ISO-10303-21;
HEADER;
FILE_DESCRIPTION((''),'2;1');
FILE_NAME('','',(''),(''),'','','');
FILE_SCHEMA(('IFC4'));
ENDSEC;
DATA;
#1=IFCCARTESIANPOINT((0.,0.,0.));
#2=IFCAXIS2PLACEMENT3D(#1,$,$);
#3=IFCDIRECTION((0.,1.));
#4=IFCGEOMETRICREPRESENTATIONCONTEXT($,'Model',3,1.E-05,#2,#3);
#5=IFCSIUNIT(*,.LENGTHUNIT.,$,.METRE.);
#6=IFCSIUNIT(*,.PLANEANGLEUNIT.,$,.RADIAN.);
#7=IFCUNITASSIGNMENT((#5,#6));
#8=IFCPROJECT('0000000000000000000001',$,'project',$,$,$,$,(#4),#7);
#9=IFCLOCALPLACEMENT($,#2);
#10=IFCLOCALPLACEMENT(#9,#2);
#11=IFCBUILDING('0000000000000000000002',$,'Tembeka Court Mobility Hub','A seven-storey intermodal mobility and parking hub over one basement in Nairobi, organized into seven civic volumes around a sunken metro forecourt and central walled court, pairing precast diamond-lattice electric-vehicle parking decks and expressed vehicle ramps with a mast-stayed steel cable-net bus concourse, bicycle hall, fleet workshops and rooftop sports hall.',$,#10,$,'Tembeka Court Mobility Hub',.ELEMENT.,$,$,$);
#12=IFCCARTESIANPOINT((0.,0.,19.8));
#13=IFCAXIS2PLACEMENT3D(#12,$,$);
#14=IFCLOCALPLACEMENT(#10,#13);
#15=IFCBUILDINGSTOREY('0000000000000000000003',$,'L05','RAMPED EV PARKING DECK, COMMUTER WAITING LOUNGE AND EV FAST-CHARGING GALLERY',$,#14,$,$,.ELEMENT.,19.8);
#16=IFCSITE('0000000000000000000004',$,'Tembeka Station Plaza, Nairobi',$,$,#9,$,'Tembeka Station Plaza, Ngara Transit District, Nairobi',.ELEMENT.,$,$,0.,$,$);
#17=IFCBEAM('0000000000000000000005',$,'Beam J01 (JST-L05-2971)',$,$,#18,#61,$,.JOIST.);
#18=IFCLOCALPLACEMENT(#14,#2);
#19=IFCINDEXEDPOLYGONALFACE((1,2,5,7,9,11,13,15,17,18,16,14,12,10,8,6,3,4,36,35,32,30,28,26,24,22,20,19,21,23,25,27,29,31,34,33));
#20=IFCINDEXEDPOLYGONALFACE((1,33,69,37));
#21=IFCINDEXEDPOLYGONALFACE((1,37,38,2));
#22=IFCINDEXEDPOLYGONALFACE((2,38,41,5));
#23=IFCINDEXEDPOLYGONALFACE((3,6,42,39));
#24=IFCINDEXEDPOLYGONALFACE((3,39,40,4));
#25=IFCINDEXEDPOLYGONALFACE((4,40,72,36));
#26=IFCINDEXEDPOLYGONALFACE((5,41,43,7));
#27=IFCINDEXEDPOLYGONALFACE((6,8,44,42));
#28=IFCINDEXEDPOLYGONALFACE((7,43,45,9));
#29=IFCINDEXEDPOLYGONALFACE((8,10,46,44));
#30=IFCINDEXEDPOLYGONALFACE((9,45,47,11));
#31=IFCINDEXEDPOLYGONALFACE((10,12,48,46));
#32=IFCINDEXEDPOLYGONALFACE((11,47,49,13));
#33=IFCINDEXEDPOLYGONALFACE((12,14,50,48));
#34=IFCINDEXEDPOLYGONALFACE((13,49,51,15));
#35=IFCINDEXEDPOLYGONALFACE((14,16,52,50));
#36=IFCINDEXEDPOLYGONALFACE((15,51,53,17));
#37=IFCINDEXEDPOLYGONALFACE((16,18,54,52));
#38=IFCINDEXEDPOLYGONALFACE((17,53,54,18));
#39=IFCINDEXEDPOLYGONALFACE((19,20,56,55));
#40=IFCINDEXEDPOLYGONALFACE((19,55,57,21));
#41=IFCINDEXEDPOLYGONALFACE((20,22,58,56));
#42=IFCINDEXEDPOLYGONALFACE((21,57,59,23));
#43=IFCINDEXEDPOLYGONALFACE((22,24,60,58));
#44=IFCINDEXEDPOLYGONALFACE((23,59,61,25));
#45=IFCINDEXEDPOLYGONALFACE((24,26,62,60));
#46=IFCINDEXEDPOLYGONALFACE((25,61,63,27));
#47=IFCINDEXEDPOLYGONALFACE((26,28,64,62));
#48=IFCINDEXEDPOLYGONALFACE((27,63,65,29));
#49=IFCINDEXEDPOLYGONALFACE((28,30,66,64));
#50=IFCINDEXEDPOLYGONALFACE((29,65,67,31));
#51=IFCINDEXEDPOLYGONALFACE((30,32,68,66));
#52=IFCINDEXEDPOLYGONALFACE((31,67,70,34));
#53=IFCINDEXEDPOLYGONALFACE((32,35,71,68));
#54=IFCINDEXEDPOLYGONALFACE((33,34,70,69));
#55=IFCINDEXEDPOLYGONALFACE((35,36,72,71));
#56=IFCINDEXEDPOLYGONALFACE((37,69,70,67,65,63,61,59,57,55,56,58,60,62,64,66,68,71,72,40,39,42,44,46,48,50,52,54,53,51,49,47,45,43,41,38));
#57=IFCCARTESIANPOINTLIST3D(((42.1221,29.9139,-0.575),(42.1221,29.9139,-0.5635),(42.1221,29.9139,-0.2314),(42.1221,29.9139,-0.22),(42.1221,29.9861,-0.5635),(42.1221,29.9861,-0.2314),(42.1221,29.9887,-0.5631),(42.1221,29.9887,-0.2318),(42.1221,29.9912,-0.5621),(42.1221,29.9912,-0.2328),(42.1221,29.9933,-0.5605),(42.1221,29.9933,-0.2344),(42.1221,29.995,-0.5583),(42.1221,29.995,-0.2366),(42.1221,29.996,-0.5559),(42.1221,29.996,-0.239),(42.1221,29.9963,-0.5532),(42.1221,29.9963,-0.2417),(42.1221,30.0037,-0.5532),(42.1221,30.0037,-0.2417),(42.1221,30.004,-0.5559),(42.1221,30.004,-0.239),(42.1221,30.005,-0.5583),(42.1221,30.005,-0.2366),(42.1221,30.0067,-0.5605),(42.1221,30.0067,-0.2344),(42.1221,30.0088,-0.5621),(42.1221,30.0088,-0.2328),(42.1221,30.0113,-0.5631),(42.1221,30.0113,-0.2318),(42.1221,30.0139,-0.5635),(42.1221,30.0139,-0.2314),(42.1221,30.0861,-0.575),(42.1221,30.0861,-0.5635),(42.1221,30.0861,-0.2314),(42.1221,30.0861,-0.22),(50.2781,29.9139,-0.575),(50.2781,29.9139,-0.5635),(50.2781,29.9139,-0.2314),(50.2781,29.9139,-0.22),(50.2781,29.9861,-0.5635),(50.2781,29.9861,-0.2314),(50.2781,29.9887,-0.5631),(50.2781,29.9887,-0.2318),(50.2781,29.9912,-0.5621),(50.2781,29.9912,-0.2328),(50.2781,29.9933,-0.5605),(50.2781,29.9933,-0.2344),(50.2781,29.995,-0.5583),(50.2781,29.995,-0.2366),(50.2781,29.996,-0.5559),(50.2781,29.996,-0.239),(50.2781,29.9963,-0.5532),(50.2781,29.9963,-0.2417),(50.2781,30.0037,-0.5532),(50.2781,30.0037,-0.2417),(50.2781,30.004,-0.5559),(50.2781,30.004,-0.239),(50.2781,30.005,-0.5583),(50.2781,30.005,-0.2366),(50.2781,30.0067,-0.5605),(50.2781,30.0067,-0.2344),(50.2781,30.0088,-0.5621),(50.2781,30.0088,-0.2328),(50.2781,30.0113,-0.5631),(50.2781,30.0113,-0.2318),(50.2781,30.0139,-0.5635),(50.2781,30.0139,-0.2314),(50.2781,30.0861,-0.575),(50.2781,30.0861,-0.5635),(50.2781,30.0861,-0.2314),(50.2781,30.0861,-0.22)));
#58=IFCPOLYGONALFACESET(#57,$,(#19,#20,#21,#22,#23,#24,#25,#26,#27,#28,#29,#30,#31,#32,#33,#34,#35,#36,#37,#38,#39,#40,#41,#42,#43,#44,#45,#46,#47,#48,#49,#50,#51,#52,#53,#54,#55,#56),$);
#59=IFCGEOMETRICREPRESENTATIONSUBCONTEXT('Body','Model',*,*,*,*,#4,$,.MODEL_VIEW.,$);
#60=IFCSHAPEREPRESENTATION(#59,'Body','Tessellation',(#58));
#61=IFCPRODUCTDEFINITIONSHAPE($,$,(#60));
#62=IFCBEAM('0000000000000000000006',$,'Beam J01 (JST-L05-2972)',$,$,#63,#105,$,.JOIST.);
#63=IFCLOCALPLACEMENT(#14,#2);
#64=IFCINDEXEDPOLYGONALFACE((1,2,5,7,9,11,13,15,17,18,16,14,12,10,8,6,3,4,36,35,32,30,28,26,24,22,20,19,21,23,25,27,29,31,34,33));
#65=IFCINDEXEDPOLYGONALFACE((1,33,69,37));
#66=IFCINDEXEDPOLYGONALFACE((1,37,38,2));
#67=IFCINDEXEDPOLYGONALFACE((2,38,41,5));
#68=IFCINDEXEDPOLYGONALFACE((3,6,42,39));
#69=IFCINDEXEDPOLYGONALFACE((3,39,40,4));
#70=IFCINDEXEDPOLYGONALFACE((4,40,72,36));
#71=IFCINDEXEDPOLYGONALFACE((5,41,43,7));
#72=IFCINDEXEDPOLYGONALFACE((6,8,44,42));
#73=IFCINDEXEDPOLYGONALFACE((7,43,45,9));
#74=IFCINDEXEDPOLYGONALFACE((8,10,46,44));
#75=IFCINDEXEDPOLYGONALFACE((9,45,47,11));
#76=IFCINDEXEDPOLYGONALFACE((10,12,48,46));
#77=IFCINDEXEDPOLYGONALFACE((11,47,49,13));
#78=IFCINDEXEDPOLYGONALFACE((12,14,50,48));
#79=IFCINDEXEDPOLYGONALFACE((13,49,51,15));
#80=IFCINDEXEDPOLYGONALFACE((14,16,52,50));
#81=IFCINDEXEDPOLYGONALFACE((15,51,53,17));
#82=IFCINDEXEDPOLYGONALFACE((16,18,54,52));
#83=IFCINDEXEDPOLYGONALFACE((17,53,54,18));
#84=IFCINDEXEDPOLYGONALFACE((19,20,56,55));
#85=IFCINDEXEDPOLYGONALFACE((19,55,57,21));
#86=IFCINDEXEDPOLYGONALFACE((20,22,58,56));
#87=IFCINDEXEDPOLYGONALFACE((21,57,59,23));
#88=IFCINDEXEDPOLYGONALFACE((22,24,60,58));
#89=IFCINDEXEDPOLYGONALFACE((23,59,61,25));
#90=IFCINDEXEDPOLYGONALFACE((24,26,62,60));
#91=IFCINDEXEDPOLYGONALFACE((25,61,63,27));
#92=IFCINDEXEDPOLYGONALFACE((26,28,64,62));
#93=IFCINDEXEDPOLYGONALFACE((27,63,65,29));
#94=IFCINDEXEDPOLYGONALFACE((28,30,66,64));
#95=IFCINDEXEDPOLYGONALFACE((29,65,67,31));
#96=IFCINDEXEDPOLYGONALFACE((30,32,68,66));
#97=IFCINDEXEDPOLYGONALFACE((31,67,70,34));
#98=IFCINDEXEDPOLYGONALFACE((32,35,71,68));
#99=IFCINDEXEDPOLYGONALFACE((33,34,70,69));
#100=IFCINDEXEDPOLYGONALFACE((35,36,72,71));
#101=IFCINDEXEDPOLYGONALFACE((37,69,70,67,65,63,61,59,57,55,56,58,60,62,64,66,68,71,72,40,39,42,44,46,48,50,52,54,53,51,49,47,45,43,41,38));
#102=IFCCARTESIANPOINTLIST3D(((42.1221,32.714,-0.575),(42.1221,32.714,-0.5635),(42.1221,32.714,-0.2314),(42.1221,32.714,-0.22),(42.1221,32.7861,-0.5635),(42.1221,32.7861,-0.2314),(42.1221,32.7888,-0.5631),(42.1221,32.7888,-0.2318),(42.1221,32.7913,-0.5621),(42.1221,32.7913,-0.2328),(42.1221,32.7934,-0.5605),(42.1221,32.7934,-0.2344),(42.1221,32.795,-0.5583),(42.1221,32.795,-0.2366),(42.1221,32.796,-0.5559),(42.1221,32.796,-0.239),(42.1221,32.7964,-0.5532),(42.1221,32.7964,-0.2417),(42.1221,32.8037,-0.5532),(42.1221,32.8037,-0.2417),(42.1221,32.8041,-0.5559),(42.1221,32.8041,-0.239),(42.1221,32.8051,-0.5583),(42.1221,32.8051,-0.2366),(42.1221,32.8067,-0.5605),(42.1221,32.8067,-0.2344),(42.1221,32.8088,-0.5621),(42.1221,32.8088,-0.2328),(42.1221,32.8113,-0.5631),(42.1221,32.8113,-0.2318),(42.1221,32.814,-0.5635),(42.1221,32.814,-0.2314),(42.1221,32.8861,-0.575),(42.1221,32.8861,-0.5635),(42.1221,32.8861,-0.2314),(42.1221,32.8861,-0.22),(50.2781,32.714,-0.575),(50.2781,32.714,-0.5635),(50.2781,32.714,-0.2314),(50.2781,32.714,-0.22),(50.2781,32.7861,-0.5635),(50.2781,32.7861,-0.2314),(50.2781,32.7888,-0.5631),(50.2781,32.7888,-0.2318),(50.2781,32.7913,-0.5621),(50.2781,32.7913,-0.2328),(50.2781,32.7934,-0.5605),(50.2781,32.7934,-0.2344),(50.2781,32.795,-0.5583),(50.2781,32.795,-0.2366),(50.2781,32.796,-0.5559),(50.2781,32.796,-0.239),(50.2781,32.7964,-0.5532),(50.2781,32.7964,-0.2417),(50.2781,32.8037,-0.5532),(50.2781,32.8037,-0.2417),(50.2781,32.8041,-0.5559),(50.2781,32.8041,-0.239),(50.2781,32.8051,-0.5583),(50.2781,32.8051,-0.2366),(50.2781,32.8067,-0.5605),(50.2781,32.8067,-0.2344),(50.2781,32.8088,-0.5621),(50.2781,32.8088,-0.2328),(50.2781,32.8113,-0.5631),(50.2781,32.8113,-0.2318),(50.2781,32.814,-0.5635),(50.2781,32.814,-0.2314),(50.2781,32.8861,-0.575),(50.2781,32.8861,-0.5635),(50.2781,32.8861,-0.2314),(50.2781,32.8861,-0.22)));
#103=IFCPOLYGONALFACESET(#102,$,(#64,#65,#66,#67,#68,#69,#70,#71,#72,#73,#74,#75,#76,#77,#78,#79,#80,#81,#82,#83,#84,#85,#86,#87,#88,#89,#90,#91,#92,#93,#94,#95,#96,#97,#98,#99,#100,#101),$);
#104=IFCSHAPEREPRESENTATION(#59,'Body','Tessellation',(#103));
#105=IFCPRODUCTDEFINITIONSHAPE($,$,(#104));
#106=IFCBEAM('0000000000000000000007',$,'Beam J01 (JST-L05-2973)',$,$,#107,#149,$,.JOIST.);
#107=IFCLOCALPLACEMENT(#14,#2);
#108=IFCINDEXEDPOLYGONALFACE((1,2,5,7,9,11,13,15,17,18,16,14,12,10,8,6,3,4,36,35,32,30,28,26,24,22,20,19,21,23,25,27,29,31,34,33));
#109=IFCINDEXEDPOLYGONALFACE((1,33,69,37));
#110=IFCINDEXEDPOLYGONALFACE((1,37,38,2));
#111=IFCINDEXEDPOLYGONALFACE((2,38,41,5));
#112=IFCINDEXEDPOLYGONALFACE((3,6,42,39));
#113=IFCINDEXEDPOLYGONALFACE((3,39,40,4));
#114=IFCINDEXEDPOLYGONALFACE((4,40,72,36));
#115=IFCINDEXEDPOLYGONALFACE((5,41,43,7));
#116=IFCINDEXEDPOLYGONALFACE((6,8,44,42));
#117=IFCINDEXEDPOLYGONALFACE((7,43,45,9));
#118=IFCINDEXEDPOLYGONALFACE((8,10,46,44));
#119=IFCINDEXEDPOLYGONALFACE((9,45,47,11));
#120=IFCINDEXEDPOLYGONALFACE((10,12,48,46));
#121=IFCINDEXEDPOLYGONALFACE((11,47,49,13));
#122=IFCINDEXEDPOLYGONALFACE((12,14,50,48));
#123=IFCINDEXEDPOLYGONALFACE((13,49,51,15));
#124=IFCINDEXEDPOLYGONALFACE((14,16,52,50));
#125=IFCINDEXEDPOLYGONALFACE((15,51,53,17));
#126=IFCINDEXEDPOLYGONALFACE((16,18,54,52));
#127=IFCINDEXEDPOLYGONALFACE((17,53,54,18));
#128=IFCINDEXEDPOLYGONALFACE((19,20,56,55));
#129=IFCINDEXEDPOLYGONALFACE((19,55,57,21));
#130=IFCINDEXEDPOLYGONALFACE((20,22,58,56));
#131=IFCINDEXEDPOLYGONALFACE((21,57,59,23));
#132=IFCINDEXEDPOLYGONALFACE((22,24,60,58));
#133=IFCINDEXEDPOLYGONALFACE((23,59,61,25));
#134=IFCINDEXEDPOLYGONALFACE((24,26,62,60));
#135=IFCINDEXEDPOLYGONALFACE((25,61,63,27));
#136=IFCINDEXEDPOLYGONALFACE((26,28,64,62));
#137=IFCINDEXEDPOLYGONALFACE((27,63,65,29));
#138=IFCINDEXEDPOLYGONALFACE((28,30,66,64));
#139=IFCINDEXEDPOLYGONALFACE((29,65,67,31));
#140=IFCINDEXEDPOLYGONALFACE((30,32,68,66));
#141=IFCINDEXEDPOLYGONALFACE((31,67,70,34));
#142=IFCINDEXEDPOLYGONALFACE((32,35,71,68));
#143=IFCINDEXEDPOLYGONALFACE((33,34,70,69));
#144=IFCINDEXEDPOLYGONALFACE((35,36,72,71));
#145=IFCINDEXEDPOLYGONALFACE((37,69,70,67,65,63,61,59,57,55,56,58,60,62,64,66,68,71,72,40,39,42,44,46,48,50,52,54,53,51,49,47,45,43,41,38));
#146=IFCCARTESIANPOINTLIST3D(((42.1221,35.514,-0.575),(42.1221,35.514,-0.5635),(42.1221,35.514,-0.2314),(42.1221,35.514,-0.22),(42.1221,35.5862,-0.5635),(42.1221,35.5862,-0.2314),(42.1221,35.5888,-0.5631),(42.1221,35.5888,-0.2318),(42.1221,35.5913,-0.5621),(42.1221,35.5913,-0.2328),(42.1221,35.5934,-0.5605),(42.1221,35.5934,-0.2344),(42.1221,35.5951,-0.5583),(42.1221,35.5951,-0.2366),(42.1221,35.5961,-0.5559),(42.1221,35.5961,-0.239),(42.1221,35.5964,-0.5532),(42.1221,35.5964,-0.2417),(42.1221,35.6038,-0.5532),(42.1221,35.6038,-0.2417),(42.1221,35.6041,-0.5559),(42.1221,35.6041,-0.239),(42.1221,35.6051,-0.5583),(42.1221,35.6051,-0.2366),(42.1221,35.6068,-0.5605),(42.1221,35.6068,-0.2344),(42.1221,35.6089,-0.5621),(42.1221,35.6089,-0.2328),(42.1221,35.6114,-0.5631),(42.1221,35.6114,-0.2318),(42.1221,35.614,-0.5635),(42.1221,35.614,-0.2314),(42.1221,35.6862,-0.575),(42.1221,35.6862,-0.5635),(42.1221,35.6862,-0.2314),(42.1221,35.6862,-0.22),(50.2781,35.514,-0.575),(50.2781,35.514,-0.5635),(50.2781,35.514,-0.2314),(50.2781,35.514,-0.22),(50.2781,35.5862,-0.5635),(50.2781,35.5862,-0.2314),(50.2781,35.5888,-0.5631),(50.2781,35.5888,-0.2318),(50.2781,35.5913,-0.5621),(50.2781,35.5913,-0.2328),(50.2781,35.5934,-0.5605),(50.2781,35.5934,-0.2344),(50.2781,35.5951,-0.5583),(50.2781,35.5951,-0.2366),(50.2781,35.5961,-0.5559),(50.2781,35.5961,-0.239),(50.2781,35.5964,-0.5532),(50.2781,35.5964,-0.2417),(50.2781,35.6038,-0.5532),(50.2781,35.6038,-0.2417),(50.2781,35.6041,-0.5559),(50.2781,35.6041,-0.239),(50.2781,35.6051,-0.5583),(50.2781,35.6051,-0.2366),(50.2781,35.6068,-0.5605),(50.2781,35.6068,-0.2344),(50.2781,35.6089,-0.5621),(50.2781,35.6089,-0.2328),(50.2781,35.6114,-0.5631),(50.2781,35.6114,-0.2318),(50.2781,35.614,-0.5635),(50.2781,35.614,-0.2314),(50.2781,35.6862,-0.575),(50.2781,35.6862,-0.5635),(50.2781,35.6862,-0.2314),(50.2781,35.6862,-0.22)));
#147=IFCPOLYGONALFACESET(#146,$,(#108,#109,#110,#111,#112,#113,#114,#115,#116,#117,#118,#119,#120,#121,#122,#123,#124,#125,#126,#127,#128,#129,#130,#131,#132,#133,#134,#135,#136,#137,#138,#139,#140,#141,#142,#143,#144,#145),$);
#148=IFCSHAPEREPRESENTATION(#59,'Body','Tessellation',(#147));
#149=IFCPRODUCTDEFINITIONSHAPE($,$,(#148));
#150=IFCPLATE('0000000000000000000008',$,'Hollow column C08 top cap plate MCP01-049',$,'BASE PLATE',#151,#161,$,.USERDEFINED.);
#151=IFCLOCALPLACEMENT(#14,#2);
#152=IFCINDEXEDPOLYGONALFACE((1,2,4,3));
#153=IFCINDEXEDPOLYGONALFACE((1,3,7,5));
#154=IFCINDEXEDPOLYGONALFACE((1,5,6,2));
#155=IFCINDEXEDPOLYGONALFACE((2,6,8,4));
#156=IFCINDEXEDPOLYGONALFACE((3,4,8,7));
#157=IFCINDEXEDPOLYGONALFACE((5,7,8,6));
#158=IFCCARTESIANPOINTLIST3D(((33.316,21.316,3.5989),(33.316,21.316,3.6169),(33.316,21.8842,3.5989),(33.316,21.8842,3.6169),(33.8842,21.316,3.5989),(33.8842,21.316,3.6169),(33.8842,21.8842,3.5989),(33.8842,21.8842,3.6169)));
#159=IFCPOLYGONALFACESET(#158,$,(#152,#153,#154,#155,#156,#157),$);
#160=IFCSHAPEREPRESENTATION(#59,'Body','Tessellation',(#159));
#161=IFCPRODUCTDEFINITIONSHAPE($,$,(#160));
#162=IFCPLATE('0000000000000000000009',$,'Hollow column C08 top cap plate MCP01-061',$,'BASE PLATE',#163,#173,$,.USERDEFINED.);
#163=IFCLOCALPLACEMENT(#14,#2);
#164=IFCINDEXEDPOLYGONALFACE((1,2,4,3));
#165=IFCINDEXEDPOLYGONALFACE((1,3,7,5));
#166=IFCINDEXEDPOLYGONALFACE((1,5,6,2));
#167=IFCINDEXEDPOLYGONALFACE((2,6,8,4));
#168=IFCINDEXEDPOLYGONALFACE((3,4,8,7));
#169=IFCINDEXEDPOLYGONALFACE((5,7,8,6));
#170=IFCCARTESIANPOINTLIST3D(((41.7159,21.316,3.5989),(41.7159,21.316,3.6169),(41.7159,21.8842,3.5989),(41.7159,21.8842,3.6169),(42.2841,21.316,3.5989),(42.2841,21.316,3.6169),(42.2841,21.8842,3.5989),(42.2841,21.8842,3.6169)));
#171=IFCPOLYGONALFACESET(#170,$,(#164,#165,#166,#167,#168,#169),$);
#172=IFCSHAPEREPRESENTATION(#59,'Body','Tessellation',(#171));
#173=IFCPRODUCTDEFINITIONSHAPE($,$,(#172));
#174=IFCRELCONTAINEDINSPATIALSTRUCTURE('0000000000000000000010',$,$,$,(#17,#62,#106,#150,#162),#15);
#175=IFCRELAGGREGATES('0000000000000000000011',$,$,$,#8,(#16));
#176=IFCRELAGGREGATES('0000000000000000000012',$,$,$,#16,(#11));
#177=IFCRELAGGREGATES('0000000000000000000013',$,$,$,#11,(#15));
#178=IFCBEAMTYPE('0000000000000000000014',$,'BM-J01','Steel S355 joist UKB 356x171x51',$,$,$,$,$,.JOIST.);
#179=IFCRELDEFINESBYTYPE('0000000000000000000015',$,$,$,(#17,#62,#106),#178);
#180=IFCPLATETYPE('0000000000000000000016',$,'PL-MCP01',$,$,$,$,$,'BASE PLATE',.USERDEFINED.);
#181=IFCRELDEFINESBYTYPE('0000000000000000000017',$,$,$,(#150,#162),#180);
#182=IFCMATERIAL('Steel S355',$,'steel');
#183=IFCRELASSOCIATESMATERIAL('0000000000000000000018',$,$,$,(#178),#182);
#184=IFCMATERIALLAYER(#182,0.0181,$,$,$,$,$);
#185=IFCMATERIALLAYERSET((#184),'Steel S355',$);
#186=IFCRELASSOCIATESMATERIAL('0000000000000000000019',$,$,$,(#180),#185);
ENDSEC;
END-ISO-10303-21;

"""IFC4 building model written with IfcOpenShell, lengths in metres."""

from ifc_helpers import new_model, si_unit, direction, frame, origin, origin_2d, place, context, subcontext, project, spatial, rectangle, i_section, extrude, material, layer, layer_set, material_profile, profile_set, type_object, element, save


model = new_model("IFC4")

# Units and contexts
model_context = context("Model", 3, precision=1e-05, world=origin(), true_north=direction((0.0, 1.0)))
body_context = subcontext(model_context, "Body", "Model", "MODEL_VIEW")
ifc_project = project(units=[si_unit("LENGTHUNIT", "METRE"), si_unit("PLANEANGLEUNIT", "RADIAN")], contexts=[model_context])

# Site, building, storey
site_placement = place(None, origin())
site = spatial("IfcSite", under=ifc_project, at=site_placement, Name="Tembeka Station Plaza, Nairobi", LongName="Tembeka Station Plaza, Ngara Transit District, Nairobi", CompositionType="ELEMENT", RefElevation=0.0)
building_placement = place(site_placement, origin())
building = spatial("IfcBuilding", under=site, at=building_placement, Name="Tembeka Court Mobility Hub", Description="A seven-storey intermodal mobility and parking hub over one basement in Nairobi, organized into seven civic volumes around a sunken metro forecourt and central walled court, pairing precast diamond-lattice electric-vehicle parking decks and expressed vehicle ramps with a mast-stayed steel cable-net bus concourse, bicycle hall, fleet workshops and rooftop sports hall.", LongName="Tembeka Court Mobility Hub", CompositionType="ELEMENT")
storey_placement = place(building_placement, frame((0.0, 0.0, 19.8)))
storey = spatial("IfcBuildingStorey", under=building, at=storey_placement, Name="L05", Description="RAMPED EV PARKING DECK, COMMUTER WAITING LOUNGE AND EV FAST-CHARGING GALLERY", CompositionType="ELEMENT", Elevation=19.8)

# Shared definitions
ifc_material_1 = material(Name="Steel S355", Category="steel")

# Beams
ifc_material_profile_1 = material_profile(ifc_material_1, i_section(OverallWidth=0.1721, OverallDepth=0.355, WebThickness=0.0073, FlangeThickness=0.0115, FilletRadius=0.0103, at=origin_2d()), Name="UKB 356x171x51")
ifc_profile_set_1 = profile_set([ifc_material_profile_1], Name="Steel S355")
beam_type_1 = type_object("IfcBeamType", Name="BM-J01", Description="Steel S355 joist UKB 356x171x51", PredefinedType="JOIST", material=ifc_profile_set_1)
for number, where, z_axis, x_axis, name in (
    (1, (42.1221, 30.0, -0.3975), (1.0, 0.0, 0.0), (0.0, 1.0, 0.0), "Beam J01 (JST-L05-2971)"),
    (2, (42.1221, 32.8, -0.3975), (1.0, 0.0, 0.0), (0.0, 1.0, 0.0), "Beam J01 (JST-L05-2972)"),
    (3, (42.1221, 35.6001, -0.3975), (1.0, 0.0, 0.0), (0.0, 1.0, 0.0), "Beam J01 (JST-L05-2973)"),
):
    element("IfcBeam", number, at=place(storey_placement, frame(where, z_axis=z_axis, x_axis=x_axis)), inside=storey, type_object=beam_type_1, Name=name, PredefinedType="JOIST", context=body_context, shape_type="SweptSolid", body=[
        extrude(i_section(OverallWidth=0.1721, OverallDepth=0.355, WebThickness=0.0073, FlangeThickness=0.0115, FilletRadius=0.0103, at=origin_2d()), origin(), (0.0, 0.0, 1.0), 8.156),
    ])

# Plates
ifc_layer = layer(ifc_material_1, 0.0181)
ifc_layer_set = layer_set([ifc_layer], Name="Steel S355")
plate_type = type_object("IfcPlateType", Name="PL-MCP01", ElementType="BASE PLATE", PredefinedType="USERDEFINED", material=ifc_layer_set)
for number, where, z_axis, x_axis, name in (
    (4, (33.6001, 21.6001, 3.5989), (0.0, 0.0, 1.0), (1.0, 0.0, 0.0), "Hollow column C08 top cap plate MCP01-049"),
    (5, (42.0, 21.6001, 3.5989), (0.0, 0.0, 1.0), (1.0, 0.0, 0.0), "Hollow column C08 top cap plate MCP01-061"),
):
    element("IfcPlate", number, at=place(storey_placement, frame(where, z_axis=z_axis, x_axis=x_axis)), inside=storey, type_object=plate_type, Name=name, ObjectType="BASE PLATE", PredefinedType="USERDEFINED", context=body_context, shape_type="SweptSolid", body=[
        extrude(rectangle(XDim=0.5681, YDim=0.5681, at=origin_2d()), origin(), (0.0, 0.0, 1.0), 0.0181),
    ])

save(model, "model.ifc")
